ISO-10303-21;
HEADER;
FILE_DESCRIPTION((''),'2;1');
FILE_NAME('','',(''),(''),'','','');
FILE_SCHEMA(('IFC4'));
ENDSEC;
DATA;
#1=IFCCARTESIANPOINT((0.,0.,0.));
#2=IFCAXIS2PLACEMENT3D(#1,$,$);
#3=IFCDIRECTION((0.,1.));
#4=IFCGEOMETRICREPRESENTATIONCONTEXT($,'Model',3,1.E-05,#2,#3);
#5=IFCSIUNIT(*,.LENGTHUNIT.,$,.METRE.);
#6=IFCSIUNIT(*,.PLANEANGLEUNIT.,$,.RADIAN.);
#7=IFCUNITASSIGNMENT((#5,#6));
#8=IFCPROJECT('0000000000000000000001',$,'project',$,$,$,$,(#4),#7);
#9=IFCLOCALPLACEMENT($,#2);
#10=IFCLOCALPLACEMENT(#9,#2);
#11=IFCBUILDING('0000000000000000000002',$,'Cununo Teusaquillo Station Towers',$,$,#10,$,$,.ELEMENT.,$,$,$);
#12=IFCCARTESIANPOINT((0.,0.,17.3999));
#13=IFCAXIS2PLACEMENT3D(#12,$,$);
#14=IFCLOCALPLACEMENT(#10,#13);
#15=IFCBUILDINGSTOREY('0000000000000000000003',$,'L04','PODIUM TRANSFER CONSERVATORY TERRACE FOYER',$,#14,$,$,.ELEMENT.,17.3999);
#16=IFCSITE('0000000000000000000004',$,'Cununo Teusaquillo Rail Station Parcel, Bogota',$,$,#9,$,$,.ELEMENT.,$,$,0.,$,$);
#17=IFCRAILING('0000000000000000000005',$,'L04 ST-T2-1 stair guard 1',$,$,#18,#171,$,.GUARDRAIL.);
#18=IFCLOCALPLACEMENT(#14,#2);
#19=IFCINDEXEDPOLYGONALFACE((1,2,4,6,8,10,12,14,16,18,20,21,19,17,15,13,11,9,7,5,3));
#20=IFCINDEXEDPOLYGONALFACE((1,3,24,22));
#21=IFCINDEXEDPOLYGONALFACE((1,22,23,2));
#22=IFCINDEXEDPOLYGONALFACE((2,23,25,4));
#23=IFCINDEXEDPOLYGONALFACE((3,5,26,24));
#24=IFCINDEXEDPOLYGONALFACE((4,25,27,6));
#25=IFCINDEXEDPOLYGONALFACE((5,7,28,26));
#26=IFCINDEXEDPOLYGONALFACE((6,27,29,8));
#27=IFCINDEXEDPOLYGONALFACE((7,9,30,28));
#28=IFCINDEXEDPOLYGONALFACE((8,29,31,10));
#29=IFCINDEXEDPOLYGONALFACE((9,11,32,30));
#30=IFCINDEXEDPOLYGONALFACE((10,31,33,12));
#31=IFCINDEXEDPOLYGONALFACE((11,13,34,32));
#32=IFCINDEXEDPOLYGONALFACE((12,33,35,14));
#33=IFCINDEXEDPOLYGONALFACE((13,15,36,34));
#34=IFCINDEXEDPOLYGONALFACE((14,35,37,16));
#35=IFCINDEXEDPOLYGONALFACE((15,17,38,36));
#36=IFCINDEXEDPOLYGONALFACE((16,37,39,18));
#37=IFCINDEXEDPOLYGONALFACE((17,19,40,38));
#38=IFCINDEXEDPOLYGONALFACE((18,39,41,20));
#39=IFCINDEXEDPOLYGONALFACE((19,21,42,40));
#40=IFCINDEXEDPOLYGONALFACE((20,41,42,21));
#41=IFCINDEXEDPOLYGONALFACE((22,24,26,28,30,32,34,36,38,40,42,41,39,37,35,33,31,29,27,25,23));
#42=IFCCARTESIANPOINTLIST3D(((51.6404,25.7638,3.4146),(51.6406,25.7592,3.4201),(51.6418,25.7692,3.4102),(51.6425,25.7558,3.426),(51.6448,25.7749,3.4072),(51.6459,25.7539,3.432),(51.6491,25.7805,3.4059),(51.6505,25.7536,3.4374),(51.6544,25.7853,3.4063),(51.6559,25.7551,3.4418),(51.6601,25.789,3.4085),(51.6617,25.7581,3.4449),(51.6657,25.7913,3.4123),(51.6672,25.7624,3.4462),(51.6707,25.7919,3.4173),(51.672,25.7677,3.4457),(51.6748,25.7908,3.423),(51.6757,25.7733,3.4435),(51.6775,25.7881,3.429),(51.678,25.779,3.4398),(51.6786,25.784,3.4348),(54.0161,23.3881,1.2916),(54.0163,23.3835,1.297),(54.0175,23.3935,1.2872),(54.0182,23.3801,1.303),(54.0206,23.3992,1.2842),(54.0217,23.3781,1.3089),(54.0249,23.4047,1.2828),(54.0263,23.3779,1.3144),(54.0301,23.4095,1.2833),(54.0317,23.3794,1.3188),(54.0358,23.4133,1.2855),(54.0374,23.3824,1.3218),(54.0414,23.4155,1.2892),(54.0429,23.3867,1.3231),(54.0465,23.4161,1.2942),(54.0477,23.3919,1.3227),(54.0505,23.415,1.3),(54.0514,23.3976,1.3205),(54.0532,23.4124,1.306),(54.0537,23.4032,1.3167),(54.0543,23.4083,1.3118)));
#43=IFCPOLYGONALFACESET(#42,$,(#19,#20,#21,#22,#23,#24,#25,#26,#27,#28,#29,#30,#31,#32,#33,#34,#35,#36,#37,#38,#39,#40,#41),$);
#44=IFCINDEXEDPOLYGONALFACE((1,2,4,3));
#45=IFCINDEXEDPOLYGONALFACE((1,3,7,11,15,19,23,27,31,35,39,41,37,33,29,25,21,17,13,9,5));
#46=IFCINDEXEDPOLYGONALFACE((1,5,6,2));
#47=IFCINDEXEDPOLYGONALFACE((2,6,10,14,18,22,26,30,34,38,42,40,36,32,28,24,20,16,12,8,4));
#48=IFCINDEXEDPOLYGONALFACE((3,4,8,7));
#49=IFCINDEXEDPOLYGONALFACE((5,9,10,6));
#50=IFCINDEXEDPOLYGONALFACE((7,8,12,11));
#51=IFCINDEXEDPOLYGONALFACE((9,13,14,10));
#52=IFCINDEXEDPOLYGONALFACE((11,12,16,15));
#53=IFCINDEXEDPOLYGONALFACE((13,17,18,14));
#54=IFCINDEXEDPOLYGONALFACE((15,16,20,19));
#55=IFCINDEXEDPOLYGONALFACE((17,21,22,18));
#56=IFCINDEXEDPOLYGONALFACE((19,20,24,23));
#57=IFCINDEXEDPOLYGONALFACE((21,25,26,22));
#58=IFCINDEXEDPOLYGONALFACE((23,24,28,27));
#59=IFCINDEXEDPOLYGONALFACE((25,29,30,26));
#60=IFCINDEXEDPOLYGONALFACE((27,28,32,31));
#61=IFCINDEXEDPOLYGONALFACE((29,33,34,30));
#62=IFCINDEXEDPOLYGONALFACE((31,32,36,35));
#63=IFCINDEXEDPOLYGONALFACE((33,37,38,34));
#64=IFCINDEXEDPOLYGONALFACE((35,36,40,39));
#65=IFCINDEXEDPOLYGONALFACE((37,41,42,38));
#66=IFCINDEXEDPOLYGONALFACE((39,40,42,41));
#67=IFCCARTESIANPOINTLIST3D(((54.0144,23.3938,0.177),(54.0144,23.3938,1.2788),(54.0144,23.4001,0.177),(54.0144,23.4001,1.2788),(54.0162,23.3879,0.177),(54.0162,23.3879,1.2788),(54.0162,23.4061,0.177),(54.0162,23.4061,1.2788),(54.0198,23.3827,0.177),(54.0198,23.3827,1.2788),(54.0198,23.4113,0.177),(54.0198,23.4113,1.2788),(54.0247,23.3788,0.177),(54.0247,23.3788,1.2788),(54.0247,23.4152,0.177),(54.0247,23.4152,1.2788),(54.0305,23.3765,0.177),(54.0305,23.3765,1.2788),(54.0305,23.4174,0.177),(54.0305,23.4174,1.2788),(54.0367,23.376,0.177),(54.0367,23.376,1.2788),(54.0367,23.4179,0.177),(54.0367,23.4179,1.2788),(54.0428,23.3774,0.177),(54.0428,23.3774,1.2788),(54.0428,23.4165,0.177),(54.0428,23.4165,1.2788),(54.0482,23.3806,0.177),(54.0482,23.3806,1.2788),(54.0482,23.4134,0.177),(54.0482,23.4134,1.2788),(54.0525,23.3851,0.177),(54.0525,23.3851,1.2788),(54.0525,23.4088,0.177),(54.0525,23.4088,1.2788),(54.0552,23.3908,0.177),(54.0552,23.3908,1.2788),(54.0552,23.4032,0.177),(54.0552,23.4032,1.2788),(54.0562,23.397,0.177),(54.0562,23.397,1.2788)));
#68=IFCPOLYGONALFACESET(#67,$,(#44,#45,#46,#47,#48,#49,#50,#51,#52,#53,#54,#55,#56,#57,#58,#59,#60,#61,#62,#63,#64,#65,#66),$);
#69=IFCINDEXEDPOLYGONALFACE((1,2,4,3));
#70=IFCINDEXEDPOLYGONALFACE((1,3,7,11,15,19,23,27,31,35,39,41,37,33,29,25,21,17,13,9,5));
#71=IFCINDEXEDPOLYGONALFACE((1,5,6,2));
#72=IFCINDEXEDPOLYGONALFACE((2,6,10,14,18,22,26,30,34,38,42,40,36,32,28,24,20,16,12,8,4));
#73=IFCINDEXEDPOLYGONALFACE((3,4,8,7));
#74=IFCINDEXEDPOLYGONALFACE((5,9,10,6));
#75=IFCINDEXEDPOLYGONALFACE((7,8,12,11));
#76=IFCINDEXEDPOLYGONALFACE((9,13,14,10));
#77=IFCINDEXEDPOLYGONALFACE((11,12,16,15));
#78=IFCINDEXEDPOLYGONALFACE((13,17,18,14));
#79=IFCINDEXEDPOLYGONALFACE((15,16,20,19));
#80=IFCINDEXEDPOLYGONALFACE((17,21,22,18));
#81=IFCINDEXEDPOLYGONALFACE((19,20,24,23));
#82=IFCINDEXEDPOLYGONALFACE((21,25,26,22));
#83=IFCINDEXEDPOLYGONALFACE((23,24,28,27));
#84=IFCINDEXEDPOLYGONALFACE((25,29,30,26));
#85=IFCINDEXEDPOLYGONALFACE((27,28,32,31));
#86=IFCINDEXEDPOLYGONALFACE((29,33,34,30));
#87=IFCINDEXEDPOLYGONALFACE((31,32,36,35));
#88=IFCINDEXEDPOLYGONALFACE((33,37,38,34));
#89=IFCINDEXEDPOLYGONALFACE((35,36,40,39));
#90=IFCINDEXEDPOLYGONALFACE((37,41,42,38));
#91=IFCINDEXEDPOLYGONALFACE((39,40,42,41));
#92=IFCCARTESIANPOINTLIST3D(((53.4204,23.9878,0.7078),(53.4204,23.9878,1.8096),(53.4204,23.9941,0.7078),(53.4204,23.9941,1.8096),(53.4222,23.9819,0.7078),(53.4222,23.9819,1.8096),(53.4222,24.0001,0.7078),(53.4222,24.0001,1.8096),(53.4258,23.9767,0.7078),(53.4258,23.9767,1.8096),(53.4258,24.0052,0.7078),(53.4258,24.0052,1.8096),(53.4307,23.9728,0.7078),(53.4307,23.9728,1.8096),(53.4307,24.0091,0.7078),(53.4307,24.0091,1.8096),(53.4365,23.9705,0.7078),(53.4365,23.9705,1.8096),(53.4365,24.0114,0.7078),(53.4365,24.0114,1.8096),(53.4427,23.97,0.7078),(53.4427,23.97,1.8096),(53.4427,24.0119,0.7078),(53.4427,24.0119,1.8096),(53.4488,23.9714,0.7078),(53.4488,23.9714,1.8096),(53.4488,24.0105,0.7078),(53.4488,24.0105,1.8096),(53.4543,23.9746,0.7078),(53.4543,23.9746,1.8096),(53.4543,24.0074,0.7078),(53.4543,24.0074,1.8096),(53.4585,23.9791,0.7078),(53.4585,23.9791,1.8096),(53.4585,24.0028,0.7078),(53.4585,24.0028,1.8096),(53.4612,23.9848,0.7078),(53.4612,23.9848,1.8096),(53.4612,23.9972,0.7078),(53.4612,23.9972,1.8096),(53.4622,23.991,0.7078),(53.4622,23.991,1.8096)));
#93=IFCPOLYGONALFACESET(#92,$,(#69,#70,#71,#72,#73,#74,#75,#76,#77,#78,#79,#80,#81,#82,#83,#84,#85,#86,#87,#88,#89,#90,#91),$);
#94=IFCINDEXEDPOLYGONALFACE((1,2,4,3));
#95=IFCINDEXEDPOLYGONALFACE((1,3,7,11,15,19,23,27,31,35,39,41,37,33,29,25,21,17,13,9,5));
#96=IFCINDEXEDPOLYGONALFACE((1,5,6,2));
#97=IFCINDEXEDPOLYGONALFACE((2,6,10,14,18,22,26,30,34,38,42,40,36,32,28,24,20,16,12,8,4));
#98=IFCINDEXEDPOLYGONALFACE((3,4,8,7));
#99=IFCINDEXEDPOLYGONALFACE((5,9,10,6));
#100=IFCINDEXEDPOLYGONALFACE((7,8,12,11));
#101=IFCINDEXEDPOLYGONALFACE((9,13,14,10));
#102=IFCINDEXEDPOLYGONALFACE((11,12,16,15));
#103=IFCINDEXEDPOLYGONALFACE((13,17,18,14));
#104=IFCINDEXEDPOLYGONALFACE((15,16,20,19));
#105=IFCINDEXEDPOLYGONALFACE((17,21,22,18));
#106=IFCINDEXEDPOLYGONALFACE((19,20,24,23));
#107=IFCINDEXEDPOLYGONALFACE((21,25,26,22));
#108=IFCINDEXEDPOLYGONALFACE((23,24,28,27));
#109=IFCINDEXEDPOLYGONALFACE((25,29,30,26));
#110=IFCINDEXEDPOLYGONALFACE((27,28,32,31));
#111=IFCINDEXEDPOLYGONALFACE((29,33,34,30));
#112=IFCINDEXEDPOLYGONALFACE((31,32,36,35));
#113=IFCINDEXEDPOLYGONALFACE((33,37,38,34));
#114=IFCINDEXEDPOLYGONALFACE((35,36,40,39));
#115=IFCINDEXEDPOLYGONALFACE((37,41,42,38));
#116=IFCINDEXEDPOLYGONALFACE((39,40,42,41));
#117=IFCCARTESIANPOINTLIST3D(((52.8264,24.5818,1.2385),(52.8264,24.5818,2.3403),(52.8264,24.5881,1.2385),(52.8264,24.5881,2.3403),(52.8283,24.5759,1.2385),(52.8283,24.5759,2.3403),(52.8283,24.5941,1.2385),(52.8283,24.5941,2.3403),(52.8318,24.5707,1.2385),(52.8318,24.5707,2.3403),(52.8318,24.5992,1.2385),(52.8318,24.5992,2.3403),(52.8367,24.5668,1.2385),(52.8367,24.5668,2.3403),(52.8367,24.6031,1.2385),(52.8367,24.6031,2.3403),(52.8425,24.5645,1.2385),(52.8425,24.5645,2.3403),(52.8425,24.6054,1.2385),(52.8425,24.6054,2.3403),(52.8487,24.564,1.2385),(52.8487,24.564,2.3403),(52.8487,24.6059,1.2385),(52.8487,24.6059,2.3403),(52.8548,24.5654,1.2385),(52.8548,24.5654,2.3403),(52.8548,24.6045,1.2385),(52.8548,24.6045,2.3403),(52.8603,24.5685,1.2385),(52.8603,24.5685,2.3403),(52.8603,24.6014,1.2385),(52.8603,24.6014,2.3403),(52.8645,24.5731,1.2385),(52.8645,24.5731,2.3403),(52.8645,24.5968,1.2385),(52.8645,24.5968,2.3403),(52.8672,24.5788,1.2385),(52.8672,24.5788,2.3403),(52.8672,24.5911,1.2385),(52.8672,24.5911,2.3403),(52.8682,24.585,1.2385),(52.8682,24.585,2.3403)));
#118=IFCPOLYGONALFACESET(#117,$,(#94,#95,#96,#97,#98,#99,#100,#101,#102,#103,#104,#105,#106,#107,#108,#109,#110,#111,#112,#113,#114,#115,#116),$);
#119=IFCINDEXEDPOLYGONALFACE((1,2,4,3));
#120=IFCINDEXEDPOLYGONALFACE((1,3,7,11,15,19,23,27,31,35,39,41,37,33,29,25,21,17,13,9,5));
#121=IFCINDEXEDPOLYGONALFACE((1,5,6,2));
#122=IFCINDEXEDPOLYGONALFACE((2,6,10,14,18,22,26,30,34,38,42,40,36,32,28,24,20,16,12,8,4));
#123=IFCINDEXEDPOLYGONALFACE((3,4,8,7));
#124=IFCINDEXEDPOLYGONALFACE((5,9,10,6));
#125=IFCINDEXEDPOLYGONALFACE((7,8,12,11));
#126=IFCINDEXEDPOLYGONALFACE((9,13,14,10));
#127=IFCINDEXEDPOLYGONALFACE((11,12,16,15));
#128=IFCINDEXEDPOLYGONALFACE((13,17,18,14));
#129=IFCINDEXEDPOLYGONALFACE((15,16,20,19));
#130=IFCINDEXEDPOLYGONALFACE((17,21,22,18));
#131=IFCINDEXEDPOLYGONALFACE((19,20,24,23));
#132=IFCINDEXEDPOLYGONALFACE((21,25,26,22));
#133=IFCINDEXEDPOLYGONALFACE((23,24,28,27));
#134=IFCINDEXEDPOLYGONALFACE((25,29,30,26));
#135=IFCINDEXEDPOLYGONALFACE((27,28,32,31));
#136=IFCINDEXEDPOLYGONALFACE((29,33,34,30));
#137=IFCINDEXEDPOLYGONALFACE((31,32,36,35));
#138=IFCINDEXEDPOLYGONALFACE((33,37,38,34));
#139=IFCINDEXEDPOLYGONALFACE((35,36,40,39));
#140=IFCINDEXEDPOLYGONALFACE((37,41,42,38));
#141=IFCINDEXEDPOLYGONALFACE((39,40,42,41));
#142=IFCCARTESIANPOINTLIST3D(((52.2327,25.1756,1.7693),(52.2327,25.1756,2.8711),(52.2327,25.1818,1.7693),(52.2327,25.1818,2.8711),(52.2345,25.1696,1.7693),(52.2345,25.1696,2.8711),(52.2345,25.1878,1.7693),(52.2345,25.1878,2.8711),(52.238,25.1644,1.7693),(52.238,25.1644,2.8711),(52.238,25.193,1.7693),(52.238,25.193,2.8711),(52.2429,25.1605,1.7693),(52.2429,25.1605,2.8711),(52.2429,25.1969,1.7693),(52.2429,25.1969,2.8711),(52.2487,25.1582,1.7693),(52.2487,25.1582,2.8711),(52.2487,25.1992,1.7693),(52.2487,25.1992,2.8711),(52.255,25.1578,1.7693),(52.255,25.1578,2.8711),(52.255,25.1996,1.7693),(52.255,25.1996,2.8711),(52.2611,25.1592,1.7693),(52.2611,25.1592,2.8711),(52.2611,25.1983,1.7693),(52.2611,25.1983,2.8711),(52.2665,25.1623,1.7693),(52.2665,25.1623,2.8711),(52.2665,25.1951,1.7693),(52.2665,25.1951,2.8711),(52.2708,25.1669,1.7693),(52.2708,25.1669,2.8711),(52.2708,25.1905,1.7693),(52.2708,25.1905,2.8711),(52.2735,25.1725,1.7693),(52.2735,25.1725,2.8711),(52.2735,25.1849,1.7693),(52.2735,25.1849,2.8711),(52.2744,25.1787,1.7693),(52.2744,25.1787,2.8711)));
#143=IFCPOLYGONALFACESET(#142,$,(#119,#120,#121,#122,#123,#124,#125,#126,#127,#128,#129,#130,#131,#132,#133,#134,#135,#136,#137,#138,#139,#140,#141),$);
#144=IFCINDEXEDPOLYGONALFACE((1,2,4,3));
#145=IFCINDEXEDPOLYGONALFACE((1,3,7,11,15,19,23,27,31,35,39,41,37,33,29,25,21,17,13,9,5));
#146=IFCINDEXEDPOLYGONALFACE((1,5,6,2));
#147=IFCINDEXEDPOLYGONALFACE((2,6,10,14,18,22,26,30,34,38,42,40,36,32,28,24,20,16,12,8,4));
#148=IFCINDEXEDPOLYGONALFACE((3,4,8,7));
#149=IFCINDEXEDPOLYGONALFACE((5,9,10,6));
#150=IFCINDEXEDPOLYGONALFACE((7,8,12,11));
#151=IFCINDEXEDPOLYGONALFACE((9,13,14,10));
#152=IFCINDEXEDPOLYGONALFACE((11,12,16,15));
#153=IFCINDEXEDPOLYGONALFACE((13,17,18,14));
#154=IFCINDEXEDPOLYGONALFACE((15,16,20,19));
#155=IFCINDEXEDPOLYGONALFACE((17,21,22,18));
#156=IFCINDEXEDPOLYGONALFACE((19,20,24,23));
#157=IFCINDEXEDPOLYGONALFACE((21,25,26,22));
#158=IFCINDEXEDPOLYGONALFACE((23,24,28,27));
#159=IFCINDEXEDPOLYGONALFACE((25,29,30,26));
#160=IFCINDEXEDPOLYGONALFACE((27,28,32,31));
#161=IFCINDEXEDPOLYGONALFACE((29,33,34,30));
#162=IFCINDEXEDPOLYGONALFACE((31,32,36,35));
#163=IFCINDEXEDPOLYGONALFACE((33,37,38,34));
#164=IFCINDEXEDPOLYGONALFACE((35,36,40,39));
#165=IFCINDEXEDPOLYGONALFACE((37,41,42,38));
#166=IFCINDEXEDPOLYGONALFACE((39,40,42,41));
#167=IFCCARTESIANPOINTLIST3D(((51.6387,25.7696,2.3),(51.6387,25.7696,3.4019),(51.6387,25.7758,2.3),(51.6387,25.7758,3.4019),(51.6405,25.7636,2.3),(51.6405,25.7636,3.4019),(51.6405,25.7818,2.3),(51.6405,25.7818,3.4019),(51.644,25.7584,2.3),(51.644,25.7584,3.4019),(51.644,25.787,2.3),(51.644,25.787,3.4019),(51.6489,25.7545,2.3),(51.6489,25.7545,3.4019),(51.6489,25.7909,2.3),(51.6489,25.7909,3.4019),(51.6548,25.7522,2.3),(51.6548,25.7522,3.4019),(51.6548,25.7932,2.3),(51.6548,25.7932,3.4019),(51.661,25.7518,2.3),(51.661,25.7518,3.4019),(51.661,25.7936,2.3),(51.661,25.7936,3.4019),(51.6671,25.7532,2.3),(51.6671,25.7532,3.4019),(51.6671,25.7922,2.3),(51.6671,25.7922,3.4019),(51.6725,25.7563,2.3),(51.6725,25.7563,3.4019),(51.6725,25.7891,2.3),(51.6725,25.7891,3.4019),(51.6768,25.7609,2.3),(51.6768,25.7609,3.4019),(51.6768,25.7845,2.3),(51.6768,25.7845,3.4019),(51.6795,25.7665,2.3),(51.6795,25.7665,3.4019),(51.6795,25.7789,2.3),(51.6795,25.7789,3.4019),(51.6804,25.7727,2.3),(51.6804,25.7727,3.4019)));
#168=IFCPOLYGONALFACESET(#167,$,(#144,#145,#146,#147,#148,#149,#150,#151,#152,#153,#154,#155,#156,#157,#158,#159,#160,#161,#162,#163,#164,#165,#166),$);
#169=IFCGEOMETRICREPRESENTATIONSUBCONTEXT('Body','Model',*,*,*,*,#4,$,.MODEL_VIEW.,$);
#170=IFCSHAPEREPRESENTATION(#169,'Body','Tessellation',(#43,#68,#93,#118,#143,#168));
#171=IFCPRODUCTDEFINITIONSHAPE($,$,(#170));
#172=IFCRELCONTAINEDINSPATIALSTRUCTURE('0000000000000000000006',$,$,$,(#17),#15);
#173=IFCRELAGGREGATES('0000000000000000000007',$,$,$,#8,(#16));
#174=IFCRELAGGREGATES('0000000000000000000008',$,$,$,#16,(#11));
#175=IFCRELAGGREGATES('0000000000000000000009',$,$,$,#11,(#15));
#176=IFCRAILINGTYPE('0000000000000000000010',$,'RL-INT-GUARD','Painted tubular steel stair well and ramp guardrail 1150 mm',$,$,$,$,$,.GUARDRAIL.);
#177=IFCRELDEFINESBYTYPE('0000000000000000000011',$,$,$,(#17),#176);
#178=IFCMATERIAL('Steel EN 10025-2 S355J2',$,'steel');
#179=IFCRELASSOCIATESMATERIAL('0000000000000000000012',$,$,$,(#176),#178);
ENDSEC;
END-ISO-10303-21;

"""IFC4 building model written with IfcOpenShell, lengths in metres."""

from ifc_helpers import new_model, si_unit, direction, frame, origin, origin_2d, place, context, subcontext, project, spatial, circle, extrude, material, type_object, element, save


model = new_model("IFC4")

# Units and contexts
model_context = context("Model", 3, precision=1e-05, world=origin(), true_north=direction((0.0, 1.0)))
body_context = subcontext(model_context, "Body", "Model", "MODEL_VIEW")
ifc_project = project(units=[si_unit("LENGTHUNIT", "METRE"), si_unit("PLANEANGLEUNIT", "RADIAN")], contexts=[model_context])

# Site, building, storey
site_placement = place(None, origin())
site = spatial("IfcSite", under=ifc_project, at=site_placement, Name="Cununo Teusaquillo Rail Station Parcel, Bogota", CompositionType="ELEMENT", RefElevation=0.0)
building_placement = place(site_placement, origin())
building = spatial("IfcBuilding", under=site, at=building_placement, Name="Cununo Teusaquillo Station Towers", CompositionType="ELEMENT")
storey_placement = place(building_placement, frame((0.0, 0.0, 17.3999)))
storey = spatial("IfcBuildingStorey", under=building, at=storey_placement, Name="L04", Description="PODIUM TRANSFER CONSERVATORY TERRACE FOYER", CompositionType="ELEMENT", Elevation=17.3999)

# Railing
ifc_material_1 = material(Name="Steel EN 10025-2 S355J2", Category="steel")
railing_type_1 = type_object("IfcRailingType", Name="RL-INT-GUARD", Description="Painted tubular steel stair well and ramp guardrail 1150 mm", PredefinedType="GUARDRAIL", material=ifc_material_1)
railing_1_placement = place(storey_placement, frame((54.0352, 23.397, 0.177)))
element("IfcRailing", 1, at=railing_1_placement, inside=storey, type_object=railing_type_1, Name="L04 ST-T2-1 stair guard 1", PredefinedType="GUARDRAIL", context=body_context, shape_type="SweptSolid", body=[
    extrude(circle(Radius=0.0239, at=origin_2d()), frame((0.0, 0.0, 1.126), z_axis=(-0.597765, 0.597765, 0.534186), x_axis=(-0.707107, -0.707107, 0.0)), (0.0, 0.0, 1.0), 3.9744),
    extrude(circle(Radius=0.021, at=origin_2d()), origin(), (0.0, 0.0, 1.0), 1.1018),
    extrude(circle(Radius=0.021, at=origin_2d()), frame((-0.594, 0.594, 0.5308)), (0.0, 0.0, 1.0), 1.1018),
    extrude(circle(Radius=0.021, at=origin_2d()), frame((-1.188, 1.188, 1.0615)), (0.0, 0.0, 1.0), 1.1018),
    extrude(circle(Radius=0.021, at=origin_2d()), frame((-1.7817, 1.7817, 1.5923)), (0.0, 0.0, 1.0), 1.1018),
    extrude(circle(Radius=0.021, at=origin_2d()), frame((-2.3757, 2.3757, 2.123)), (0.0, 0.0, 1.0), 1.1018),
])

save(model, "model.ifc")
